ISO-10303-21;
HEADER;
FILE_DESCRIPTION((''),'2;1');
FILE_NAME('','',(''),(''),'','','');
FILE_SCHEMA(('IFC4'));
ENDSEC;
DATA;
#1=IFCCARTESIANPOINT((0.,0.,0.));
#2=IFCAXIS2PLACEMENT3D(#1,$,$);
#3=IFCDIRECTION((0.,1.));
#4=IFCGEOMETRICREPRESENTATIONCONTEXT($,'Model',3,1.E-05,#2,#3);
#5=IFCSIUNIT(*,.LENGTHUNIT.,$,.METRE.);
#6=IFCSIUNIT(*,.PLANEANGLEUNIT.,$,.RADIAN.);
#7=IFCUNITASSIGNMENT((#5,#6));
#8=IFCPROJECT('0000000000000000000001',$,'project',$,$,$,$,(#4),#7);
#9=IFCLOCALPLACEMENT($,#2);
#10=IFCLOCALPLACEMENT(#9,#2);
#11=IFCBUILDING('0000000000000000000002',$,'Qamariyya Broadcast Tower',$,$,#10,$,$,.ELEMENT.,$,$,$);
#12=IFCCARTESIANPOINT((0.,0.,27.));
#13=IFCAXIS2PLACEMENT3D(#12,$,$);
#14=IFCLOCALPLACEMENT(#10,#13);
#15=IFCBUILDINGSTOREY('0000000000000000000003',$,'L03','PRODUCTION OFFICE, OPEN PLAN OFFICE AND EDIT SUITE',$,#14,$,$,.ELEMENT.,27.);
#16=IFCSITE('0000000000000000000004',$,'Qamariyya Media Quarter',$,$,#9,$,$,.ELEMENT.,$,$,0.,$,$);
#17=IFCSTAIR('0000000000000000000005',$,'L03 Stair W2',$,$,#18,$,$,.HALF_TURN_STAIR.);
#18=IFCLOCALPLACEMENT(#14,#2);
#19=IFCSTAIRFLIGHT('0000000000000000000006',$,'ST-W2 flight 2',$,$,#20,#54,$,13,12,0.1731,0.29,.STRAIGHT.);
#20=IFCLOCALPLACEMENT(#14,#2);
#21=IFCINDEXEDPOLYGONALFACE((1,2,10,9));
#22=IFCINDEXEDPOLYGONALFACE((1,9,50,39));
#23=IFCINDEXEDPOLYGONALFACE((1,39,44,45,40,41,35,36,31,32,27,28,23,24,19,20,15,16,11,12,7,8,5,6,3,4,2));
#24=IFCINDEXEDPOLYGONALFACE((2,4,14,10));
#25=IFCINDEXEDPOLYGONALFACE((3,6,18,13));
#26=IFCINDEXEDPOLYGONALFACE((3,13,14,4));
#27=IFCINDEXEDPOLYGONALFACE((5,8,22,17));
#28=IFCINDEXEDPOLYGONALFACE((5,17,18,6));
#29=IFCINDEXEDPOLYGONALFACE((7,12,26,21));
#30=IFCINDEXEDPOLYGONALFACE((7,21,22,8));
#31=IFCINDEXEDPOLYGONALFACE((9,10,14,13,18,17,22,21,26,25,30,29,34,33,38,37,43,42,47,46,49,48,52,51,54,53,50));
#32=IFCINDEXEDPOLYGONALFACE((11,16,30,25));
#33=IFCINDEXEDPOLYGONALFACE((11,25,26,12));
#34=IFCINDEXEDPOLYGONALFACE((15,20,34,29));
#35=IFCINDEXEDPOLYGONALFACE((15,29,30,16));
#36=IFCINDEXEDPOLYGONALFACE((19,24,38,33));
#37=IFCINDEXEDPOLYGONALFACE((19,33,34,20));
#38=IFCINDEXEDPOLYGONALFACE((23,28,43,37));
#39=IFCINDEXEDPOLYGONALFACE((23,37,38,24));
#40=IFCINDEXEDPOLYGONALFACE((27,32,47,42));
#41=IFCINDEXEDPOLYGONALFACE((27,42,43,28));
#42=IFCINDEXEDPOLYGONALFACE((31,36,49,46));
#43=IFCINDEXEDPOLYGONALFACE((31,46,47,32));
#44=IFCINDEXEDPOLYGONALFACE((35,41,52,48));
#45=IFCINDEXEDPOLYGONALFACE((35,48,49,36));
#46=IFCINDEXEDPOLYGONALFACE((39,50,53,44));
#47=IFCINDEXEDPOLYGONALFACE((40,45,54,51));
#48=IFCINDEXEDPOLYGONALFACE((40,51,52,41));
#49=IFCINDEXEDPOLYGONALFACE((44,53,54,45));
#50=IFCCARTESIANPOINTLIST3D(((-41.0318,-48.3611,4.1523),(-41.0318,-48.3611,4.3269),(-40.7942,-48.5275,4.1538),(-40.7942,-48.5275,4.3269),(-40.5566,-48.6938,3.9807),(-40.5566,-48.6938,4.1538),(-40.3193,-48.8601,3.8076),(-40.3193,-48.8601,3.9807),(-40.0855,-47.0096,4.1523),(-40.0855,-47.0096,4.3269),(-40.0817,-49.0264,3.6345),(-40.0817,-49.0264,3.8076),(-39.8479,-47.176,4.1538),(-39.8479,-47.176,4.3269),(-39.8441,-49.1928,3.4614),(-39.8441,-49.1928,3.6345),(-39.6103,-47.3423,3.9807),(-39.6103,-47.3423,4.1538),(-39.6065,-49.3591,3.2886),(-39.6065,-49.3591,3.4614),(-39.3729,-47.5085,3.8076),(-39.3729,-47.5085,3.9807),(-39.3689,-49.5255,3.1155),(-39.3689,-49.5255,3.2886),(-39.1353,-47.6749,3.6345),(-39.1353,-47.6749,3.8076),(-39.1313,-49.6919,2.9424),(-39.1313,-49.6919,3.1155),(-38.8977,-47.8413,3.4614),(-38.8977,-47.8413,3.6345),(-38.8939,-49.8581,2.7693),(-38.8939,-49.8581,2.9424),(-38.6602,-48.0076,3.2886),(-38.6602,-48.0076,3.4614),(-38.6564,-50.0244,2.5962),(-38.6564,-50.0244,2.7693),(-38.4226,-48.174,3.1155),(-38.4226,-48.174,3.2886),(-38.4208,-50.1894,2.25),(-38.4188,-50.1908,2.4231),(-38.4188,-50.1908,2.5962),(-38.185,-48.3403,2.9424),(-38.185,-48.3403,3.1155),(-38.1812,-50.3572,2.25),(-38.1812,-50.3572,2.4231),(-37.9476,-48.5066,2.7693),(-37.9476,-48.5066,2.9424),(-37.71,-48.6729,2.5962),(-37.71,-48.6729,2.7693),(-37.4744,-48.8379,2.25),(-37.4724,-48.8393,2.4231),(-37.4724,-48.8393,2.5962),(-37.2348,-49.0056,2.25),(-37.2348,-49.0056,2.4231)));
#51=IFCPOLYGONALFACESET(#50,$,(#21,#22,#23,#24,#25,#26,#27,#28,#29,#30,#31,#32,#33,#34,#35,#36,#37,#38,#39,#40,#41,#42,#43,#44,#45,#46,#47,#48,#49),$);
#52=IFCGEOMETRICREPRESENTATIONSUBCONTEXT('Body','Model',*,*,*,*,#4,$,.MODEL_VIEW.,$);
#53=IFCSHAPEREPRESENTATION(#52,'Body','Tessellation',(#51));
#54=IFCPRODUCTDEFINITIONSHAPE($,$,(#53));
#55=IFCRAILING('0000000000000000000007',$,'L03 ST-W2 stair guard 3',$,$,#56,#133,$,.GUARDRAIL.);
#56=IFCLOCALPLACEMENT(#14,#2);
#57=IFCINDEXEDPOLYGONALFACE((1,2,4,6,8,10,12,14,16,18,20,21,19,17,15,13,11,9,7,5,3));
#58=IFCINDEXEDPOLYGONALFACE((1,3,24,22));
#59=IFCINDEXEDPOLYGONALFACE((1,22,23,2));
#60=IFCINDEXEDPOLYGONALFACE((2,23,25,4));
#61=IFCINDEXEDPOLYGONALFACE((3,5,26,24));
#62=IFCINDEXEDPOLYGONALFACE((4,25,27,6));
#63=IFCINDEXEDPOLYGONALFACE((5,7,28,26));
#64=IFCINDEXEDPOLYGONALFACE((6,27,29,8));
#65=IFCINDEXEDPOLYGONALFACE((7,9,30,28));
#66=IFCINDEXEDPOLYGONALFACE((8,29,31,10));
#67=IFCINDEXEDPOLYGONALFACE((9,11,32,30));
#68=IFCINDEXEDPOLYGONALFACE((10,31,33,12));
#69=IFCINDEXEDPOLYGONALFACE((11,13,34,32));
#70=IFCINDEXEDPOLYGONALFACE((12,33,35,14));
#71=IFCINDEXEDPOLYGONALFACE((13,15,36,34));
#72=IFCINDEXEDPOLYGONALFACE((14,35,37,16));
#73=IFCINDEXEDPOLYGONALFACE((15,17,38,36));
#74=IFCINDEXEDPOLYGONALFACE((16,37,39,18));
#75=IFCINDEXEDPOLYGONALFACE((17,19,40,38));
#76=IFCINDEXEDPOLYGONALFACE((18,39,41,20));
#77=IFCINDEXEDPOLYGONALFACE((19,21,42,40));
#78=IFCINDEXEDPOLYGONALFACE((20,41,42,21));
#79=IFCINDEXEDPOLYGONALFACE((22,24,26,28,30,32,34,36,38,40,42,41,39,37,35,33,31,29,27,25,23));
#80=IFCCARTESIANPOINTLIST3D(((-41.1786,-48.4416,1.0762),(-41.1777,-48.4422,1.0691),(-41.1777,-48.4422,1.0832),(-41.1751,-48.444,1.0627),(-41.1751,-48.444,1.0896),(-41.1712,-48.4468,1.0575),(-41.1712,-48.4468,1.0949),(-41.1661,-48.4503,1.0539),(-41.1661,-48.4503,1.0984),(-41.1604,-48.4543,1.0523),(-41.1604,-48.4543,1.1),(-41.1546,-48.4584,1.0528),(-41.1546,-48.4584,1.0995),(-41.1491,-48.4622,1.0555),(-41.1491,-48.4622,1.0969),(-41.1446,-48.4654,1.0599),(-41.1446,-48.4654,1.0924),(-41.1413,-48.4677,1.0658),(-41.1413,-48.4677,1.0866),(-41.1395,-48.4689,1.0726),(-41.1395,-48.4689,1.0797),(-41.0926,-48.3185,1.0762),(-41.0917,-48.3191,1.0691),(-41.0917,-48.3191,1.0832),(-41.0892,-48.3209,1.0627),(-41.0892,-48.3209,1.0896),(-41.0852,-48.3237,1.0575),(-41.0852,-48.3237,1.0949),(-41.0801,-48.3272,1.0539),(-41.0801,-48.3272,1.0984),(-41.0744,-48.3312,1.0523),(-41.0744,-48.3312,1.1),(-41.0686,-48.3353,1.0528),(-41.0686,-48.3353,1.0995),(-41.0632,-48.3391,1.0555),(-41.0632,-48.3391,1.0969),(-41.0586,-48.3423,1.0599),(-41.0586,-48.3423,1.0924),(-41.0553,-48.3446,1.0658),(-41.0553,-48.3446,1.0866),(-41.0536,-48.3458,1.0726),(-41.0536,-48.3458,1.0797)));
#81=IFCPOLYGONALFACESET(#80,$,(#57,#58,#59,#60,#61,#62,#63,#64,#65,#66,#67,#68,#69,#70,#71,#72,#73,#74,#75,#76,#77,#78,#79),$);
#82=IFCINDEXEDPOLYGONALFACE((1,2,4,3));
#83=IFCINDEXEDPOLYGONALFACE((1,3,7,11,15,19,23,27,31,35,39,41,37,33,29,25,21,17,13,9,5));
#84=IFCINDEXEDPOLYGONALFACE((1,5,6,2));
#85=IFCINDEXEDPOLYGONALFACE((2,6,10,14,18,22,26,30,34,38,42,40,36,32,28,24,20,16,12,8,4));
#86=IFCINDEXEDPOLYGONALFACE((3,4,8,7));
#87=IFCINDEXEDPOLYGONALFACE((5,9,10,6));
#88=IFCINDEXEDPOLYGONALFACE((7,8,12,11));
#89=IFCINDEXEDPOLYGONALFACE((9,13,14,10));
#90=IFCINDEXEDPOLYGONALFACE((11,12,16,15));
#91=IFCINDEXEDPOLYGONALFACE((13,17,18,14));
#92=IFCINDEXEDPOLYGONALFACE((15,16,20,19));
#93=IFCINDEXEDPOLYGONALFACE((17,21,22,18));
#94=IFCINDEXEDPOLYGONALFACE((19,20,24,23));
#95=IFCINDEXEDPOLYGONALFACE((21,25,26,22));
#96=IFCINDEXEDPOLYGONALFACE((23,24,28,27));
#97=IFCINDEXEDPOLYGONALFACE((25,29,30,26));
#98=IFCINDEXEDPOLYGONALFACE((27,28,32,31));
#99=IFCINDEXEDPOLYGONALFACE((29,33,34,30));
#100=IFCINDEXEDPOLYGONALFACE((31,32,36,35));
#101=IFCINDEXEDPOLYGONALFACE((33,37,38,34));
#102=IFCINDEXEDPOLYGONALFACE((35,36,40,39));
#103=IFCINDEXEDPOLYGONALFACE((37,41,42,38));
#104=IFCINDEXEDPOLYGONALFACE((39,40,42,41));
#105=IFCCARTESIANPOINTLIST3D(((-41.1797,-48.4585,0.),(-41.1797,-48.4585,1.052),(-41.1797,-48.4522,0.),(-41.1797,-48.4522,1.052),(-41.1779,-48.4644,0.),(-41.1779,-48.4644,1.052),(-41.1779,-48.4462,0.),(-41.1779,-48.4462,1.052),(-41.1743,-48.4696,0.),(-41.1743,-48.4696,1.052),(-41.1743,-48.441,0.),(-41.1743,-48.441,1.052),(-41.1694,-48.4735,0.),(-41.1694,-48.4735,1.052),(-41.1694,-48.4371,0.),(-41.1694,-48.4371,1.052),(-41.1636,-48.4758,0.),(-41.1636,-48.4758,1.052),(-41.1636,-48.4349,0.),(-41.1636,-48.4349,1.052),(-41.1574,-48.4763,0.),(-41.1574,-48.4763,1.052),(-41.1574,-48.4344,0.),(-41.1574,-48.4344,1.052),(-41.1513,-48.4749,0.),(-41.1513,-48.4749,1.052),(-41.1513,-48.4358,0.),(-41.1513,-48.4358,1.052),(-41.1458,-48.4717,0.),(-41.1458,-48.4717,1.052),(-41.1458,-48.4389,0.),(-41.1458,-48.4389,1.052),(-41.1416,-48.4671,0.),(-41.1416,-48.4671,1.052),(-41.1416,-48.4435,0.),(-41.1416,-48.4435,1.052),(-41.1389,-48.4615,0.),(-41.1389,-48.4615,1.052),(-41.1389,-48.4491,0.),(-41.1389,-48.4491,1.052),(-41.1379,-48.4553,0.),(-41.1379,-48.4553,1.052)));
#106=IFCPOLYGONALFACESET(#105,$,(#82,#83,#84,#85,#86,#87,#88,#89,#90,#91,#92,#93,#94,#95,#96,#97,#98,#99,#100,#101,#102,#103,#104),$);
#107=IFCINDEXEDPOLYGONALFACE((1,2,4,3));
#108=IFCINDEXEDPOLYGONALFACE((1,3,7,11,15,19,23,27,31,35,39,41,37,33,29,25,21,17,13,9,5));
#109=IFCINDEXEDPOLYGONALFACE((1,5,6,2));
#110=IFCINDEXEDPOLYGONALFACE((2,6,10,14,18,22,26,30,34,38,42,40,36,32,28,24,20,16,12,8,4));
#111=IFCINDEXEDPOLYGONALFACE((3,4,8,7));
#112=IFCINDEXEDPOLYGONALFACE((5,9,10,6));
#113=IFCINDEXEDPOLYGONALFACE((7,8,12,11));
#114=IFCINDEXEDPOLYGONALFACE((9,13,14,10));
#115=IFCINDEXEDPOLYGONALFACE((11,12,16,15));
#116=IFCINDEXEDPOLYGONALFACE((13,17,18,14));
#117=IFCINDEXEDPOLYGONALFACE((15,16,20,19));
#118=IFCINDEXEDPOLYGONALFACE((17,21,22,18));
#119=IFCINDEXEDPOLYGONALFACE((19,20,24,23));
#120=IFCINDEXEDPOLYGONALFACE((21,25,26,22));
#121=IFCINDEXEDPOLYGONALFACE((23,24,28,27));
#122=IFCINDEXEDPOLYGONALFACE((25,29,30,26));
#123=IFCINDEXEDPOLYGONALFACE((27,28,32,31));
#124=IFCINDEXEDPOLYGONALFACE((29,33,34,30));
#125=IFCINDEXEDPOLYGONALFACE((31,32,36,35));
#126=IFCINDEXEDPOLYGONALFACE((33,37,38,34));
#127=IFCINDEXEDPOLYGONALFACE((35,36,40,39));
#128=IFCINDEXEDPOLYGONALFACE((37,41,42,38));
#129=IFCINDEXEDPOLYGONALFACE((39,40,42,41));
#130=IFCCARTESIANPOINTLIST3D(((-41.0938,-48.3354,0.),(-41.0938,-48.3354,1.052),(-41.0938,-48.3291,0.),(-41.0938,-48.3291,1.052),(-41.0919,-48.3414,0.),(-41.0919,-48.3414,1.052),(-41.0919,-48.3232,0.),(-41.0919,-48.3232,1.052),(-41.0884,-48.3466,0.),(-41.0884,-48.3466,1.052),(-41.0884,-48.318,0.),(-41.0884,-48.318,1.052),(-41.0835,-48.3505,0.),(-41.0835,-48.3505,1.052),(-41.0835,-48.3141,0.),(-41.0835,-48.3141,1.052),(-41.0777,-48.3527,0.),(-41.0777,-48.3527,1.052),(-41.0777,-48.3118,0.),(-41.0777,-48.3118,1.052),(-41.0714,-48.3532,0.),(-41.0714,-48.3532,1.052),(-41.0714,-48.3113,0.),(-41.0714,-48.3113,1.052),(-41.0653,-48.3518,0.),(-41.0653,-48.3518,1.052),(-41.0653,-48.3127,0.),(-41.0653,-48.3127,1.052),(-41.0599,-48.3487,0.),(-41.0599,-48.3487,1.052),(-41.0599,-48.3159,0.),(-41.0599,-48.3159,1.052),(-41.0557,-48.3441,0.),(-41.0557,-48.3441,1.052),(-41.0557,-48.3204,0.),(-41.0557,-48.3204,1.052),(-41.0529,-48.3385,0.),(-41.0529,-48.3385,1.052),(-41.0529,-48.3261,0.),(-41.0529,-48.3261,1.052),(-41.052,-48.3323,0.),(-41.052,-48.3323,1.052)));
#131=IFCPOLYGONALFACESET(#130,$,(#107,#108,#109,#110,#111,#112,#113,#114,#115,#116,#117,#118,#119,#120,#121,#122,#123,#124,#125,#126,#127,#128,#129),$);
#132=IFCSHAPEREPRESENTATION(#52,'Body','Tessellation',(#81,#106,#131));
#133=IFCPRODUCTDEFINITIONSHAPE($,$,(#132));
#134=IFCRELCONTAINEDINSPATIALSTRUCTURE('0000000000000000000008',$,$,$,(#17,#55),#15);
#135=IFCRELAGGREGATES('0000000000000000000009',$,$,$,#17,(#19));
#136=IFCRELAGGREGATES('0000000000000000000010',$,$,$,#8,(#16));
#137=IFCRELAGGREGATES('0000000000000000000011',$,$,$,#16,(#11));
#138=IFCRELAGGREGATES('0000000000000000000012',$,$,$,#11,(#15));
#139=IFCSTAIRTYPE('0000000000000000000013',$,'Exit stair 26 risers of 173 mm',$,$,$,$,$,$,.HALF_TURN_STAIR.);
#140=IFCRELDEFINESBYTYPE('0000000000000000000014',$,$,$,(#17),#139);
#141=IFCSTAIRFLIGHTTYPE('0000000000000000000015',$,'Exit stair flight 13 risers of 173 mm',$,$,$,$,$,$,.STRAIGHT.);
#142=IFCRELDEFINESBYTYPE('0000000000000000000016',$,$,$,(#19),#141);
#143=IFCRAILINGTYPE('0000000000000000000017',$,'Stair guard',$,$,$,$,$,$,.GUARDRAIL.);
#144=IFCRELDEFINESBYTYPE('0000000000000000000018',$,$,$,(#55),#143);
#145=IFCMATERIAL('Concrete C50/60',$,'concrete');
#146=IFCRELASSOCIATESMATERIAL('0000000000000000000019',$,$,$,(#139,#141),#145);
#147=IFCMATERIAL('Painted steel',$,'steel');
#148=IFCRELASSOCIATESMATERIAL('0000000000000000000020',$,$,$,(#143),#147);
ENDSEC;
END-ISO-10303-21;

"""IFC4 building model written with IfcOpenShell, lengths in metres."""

from ifc_helpers import new_model, si_unit, direction, frame, origin, origin_2d, place, context, subcontext, project, spatial, polyline, circle, outline, extrude, material, type_object, element, aggregate, save


model = new_model("IFC4")

# Units and contexts
model_context = context("Model", 3, precision=1e-05, world=origin(), true_north=direction((0.0, 1.0)))
body_context = subcontext(model_context, "Body", "Model", "MODEL_VIEW")
ifc_project = project(units=[si_unit("LENGTHUNIT", "METRE"), si_unit("PLANEANGLEUNIT", "RADIAN")], contexts=[model_context])

# Site, building, storey
site_placement = place(None, origin())
site = spatial("IfcSite", under=ifc_project, at=site_placement, Name="Qamariyya Media Quarter", CompositionType="ELEMENT", RefElevation=0.0)
building_placement = place(site_placement, origin())
building = spatial("IfcBuilding", under=site, at=building_placement, Name="Qamariyya Broadcast Tower", CompositionType="ELEMENT")
storey_placement = place(building_placement, frame((0.0, 0.0, 27.0)))
storey = spatial("IfcBuildingStorey", under=building, at=storey_placement, Name="L03", Description="PRODUCTION OFFICE, OPEN PLAN OFFICE AND EDIT SUITE", CompositionType="ELEMENT", Elevation=27.0)

# Shared definitions
ifc_material_1 = material(Name="Concrete C50/60", Category="concrete")

# Stair, stair flight
stair_type = type_object("IfcStairType", Name="Exit stair 26 risers of 173 mm", PredefinedType="HALF_TURN_STAIR", material=ifc_material_1)
stair_placement = place(storey_placement, origin())
stair = element("IfcStair", 1, at=stair_placement, inside=storey, type_object=stair_type, Name="L03 Stair W2", PredefinedType="HALF_TURN_STAIR")
stair_flight_type = type_object("IfcStairFlightType", Name="Exit stair flight 13 risers of 173 mm", PredefinedType="STRAIGHT", material=ifc_material_1)
stair_flight_1_placement = place(storey_placement, frame((-37.708, -49.6814, 2.25), z_axis=(0.0, 0.0, 1.0), x_axis=(-0.819152, 0.573576, 0.0)))
stair_flight_1 = element("IfcStairFlight", 2, at=stair_flight_1_placement, type_object=stair_flight_type, Name="ST-W2 flight 2", NumberOfRisers=13, NumberOfTreads=12, PredefinedType="STRAIGHT", RiserHeight=0.1731, TreadLength=0.29, context=body_context, shape_type="SweptSolid", body=[
    extrude(outline(polyline([(0.0, 0.0), (0.0, 0.1731), (0.29, 0.1731), (0.29, 0.3462), (0.5801, 0.3462), (0.5801, 0.5193), (0.8701, 0.5193), (0.8701, 0.6924), (1.1599, 0.6924), (1.1599, 0.8655), (1.45, 0.8655), (1.45, 1.0386), (1.74, 1.0386), (1.74, 1.2114), (2.03, 1.2114), (2.03, 1.3845), (2.3201, 1.3845), (2.3201, 1.5576), (2.6101, 1.5576), (2.6101, 1.7307), (2.8999, 1.7307), (2.8999, 1.9038), (3.1899, 1.9038), (3.1899, 2.0769), (3.48, 2.0769), (3.48, 2.25), (3.48, 1.9023), (0.2925, 0.0), (0.0, 0.0)])), frame((0.0, 0.825, 0.0), z_axis=(0.0, -1.0, 0.0), x_axis=(1.0, 0.0, 0.0)), (0.0, 0.0, 1.0), 1.6499),
])
aggregate(stair, [stair_flight_1])

# Railing
ifc_material_2 = material(Name="Painted steel", Category="steel")
railing_type_1 = type_object("IfcRailingType", Name="Stair guard", PredefinedType="GUARDRAIL", material=ifc_material_2)
railing_1_placement = place(storey_placement, frame((-41.1589, -48.4553, 0.0)))
element("IfcRailing", 3, at=railing_1_placement, inside=storey, type_object=railing_type_1, Name="L03 ST-W2 stair guard 3", PredefinedType="GUARDRAIL", context=body_context, shape_type="SweptSolid", body=[
    extrude(circle(Radius=0.0239, at=origin_2d()), frame((0.0, 0.0, 1.0762), z_axis=(0.572589, 0.819843, 0.0), x_axis=(-0.819843, 0.572589, 0.0)), (0.0, 0.0, 1.0), 0.1501),
    extrude(circle(Radius=0.021, at=origin_2d()), origin(), (0.0, 0.0, 1.0), 1.052),
    extrude(circle(Radius=0.021, at=origin_2d()), frame((0.0859, 0.123, 0.0)), (0.0, 0.0, 1.0), 1.052),
])

save(model, "model.ifc")
